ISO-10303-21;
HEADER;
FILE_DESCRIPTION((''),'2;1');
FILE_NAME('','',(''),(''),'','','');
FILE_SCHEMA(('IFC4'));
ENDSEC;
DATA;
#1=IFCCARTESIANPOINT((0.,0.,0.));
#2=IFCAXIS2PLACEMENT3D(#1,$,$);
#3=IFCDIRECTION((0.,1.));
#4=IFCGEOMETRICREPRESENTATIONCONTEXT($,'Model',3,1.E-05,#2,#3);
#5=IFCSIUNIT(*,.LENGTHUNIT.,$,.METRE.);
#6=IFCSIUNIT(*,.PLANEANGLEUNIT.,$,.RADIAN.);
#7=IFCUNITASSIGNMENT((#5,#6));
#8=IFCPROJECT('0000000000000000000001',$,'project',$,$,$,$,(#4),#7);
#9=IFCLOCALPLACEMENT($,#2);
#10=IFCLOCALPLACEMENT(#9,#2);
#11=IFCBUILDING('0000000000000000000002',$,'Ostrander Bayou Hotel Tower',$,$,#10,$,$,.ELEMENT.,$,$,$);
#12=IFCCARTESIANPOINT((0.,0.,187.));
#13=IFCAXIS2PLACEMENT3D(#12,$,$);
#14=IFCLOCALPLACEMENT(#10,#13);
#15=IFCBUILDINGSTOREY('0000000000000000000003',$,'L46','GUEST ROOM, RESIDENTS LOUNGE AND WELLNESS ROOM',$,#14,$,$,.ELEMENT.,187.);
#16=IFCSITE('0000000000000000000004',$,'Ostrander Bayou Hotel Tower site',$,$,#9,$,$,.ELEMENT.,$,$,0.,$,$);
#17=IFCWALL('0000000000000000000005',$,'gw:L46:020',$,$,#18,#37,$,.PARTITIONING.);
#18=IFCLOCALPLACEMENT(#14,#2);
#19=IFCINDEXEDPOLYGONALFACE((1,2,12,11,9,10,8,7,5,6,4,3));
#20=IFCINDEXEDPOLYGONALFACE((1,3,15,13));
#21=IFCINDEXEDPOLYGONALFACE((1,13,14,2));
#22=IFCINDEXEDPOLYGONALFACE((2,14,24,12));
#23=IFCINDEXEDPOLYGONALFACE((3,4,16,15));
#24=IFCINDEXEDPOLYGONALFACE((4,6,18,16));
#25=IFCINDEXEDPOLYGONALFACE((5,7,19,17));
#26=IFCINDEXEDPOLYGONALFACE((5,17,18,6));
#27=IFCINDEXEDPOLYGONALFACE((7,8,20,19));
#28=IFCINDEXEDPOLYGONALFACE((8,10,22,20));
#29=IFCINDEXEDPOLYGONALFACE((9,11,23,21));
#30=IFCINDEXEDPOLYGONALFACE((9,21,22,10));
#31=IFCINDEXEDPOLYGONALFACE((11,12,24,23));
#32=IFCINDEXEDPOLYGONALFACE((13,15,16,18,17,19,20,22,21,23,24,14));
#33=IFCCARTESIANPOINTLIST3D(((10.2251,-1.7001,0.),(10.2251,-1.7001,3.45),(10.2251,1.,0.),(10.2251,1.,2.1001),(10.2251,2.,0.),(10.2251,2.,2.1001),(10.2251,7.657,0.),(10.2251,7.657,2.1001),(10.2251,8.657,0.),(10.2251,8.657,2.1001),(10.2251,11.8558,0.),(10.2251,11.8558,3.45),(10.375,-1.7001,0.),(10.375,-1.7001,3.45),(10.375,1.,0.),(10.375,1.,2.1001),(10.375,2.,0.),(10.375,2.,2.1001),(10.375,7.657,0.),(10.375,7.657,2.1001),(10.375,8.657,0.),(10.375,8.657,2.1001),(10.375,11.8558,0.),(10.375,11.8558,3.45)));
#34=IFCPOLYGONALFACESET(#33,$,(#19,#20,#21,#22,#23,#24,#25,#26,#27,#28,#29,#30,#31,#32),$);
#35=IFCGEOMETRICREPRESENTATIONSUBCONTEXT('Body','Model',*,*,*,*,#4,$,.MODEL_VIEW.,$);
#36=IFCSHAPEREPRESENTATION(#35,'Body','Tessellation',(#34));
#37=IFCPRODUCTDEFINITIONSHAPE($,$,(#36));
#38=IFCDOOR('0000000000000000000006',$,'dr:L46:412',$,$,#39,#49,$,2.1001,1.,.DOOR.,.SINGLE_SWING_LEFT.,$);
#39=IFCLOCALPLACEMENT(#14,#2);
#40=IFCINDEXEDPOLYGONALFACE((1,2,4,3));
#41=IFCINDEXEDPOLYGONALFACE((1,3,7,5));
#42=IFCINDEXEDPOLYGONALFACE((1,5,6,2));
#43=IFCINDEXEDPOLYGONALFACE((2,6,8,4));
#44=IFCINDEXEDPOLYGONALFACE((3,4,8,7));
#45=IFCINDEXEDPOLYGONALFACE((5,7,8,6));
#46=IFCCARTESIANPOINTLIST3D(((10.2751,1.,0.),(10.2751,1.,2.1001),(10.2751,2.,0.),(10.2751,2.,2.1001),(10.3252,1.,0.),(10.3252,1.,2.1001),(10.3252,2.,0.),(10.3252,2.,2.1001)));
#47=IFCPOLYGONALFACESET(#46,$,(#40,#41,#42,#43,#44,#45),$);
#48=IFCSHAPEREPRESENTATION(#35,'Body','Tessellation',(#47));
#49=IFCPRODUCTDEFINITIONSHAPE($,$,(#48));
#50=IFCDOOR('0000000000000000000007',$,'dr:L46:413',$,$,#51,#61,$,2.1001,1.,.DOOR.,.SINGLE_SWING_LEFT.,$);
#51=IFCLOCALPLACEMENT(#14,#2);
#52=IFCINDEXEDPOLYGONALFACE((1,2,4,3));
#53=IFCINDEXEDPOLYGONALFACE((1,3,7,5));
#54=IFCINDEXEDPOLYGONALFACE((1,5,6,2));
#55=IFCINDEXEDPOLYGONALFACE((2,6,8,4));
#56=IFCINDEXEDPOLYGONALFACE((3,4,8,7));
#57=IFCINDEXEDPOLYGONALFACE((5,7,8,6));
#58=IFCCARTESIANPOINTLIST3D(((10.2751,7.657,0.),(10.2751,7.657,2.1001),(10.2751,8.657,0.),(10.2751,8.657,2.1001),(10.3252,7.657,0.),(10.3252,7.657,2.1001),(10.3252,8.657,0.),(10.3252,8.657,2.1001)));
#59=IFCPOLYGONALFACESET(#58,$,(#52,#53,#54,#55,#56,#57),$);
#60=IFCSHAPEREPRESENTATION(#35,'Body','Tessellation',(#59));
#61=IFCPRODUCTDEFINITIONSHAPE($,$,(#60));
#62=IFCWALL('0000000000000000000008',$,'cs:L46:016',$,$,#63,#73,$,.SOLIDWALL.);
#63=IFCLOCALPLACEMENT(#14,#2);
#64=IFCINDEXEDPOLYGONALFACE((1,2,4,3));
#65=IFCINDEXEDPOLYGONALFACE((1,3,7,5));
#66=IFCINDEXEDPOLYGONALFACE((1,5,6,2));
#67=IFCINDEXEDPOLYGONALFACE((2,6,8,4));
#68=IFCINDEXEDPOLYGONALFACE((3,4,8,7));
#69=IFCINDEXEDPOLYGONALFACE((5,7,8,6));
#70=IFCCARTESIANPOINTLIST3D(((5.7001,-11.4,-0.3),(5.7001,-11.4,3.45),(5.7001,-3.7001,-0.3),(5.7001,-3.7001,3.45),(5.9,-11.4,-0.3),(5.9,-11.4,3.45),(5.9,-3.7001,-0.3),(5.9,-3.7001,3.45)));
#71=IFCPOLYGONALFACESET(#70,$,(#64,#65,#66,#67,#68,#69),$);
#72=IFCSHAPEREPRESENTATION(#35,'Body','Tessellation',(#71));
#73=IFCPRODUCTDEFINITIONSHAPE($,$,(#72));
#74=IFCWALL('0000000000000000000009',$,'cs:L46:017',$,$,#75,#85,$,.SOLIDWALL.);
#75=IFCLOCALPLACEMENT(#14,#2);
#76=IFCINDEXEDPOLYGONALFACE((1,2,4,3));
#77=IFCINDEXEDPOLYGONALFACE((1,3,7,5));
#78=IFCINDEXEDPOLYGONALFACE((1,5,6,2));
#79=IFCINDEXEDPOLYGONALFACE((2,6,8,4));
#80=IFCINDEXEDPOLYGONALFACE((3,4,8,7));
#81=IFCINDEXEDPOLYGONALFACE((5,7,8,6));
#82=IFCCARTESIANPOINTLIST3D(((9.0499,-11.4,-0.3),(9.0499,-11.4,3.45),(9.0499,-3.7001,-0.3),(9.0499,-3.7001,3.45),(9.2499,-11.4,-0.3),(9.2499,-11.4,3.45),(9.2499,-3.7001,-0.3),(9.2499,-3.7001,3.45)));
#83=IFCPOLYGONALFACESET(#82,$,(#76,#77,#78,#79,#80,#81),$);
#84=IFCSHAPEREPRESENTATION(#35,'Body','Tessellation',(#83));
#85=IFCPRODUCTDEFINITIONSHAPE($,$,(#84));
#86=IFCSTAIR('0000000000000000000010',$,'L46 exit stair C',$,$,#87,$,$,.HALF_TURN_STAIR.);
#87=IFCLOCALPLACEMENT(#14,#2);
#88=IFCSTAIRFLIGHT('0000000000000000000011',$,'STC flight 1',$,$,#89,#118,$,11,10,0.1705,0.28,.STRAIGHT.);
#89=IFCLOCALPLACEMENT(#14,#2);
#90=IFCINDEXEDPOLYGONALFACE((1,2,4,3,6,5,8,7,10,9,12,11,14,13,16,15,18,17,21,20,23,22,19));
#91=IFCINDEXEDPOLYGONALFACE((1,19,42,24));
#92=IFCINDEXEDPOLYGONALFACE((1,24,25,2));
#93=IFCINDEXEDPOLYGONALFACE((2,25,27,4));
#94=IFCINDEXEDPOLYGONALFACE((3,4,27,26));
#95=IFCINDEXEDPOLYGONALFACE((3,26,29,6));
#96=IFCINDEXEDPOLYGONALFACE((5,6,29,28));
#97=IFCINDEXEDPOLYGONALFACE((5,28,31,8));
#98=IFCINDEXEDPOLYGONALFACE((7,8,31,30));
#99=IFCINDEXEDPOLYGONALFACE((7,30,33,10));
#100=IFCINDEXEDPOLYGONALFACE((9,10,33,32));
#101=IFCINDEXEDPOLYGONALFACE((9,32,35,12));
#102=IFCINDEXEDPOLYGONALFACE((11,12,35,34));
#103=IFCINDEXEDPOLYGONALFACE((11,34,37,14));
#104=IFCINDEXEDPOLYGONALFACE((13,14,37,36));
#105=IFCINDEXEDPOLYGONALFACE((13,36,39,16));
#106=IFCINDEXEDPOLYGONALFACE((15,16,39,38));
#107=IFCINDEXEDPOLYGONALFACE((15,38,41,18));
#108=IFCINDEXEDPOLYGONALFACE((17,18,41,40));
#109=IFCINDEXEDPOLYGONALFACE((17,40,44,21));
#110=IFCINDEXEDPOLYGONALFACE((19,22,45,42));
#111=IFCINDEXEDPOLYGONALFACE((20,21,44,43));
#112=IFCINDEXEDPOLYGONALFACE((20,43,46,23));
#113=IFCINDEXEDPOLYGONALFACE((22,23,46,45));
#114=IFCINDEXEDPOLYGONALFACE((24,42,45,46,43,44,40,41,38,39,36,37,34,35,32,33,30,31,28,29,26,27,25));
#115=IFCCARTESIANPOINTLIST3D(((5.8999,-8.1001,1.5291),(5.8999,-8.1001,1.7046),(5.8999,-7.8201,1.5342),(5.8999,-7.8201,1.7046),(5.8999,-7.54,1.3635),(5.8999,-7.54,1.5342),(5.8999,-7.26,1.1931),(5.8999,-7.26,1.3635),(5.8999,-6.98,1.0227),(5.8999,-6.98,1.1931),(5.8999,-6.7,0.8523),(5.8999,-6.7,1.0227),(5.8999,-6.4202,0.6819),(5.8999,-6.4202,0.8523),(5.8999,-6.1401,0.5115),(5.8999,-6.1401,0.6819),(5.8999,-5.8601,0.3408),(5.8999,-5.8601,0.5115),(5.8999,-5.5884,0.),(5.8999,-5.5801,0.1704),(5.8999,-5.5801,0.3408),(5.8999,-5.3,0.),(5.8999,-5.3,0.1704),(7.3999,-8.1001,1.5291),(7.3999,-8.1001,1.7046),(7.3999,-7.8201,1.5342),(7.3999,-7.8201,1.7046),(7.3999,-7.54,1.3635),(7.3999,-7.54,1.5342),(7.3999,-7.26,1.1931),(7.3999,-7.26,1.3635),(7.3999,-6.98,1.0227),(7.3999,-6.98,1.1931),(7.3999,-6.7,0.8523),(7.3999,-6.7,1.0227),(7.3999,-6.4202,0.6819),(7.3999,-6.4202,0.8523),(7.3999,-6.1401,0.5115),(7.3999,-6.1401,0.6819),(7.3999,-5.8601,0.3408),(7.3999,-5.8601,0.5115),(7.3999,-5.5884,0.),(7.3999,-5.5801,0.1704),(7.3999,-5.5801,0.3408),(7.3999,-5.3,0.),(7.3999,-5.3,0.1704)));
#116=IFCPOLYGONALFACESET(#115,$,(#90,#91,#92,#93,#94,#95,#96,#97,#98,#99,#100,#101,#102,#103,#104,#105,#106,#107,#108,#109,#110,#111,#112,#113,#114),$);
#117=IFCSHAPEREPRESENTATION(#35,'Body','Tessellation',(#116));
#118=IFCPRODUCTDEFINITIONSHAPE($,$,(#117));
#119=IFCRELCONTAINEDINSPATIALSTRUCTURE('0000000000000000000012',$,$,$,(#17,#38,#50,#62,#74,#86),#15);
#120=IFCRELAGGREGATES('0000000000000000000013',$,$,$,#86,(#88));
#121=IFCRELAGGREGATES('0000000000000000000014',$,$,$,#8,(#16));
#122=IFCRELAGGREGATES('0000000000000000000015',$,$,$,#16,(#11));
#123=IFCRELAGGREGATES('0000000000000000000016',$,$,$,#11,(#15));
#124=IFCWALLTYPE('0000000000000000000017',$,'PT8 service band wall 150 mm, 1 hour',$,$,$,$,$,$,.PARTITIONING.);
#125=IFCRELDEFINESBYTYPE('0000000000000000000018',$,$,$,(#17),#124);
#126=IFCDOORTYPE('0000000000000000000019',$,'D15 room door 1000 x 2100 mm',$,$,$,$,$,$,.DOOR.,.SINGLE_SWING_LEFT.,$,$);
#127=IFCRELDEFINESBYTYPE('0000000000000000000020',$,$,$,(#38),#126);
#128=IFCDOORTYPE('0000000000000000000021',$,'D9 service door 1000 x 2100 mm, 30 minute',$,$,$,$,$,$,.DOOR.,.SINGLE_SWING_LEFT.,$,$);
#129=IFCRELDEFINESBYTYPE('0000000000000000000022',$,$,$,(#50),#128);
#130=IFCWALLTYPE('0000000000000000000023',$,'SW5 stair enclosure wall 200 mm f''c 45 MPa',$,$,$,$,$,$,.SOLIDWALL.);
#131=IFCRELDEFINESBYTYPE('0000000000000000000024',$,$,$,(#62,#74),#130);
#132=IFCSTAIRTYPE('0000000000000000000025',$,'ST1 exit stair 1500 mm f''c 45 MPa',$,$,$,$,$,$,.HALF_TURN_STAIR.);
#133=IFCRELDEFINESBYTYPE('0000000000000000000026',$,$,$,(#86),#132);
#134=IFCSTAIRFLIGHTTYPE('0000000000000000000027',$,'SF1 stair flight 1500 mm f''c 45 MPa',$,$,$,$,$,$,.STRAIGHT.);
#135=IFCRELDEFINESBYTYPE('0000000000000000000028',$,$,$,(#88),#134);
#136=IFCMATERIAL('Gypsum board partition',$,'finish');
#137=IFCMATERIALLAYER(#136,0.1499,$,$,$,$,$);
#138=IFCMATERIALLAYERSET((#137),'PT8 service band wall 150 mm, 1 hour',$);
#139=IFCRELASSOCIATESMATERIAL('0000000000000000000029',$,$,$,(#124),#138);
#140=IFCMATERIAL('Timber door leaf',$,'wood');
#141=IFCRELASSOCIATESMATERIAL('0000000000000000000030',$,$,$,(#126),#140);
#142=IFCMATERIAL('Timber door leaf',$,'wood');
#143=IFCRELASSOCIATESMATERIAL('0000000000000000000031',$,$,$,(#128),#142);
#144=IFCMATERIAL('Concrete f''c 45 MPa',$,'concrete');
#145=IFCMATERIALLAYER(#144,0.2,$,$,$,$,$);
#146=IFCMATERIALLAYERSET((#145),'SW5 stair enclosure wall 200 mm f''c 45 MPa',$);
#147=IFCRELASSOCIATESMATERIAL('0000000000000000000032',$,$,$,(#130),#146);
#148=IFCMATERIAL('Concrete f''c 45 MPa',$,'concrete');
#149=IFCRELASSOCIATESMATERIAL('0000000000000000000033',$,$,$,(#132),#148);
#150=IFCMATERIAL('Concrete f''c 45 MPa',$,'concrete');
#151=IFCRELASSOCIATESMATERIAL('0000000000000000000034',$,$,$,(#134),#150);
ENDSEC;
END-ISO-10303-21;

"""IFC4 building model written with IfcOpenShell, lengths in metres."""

from ifc_helpers import new_model, si_unit, direction, frame, frame_2d, origin, place, context, subcontext, project, spatial, polyline, rectangle, outline, extrude, material, layer, layer_set, type_object, element, fill, aggregate, save


model = new_model("IFC4")

# Units and contexts
model_context = context("Model", 3, precision=1e-05, world=origin(), true_north=direction((0.0, 1.0)))
body_context = subcontext(model_context, "Body", "Model", "MODEL_VIEW")
ifc_project = project(units=[si_unit("LENGTHUNIT", "METRE"), si_unit("PLANEANGLEUNIT", "RADIAN")], contexts=[model_context])

# Site, building, storey
site_placement = place(None, origin())
site = spatial("IfcSite", under=ifc_project, at=site_placement, Name="Ostrander Bayou Hotel Tower site", CompositionType="ELEMENT", RefElevation=0.0)
building_placement = place(site_placement, origin())
building = spatial("IfcBuilding", under=site, at=building_placement, Name="Ostrander Bayou Hotel Tower", CompositionType="ELEMENT")
storey_placement = place(building_placement, frame((0.0, 0.0, 187.0)))
storey = spatial("IfcBuildingStorey", under=building, at=storey_placement, Name="L46", Description="GUEST ROOM, RESIDENTS LOUNGE AND WELLNESS ROOM", CompositionType="ELEMENT", Elevation=187.0)

# Shared definitions
ifc_material_1 = material(Name="Gypsum board partition", Category="finish")
ifc_layer_1 = layer(ifc_material_1, 0.1499)
ifc_layer_set_1 = layer_set([ifc_layer_1], Name="PT8 service band wall 150 mm, 1 hour")
wall_type_1 = type_object("IfcWallType", Name="PT8 service band wall 150 mm, 1 hour", PredefinedType="PARTITIONING", material=ifc_layer_set_1)

# Wall, openings, doors
wall_1_placement = place(storey_placement, frame((10.3, -1.7, 0.0), z_axis=(0.0, 0.0, 1.0), x_axis=(0.0, 1.0, 0.0)))
wall_1 = element("IfcWall", 1, at=wall_1_placement, inside=storey, type_object=wall_type_1, Name="gw:L46:020", PredefinedType="PARTITIONING", context=body_context, shape_type="SweptSolid", body=[
    extrude(rectangle(XDim=13.5559, YDim=0.1499, at=frame_2d((6.7778, 0.0))), origin(), (0.0, 0.0, 1.0), 3.45),
])
opening_1_placement = place(wall_1_placement, frame((2.7, 0.0, 0.0)))
opening_1 = element("IfcOpeningElement", 2, at=opening_1_placement, cuts=wall_1, PredefinedType="OPENING", context=body_context, shape_type="SweptSolid", body=[
    extrude(rectangle(XDim=1.0, YDim=2.1001, at=frame_2d((0.5, 1.05))), frame((0.0, 0.075, 0.0), z_axis=(0.0, -1.0, 0.0), x_axis=(1.0, 0.0, 0.0)), (0.0, 0.0, 1.0), 0.1499),
])
opening_2_placement = place(wall_1_placement, frame((9.3569, 0.0, 0.0)))
opening_2 = element("IfcOpeningElement", 3, at=opening_2_placement, cuts=wall_1, PredefinedType="OPENING", context=body_context, shape_type="SweptSolid", body=[
    extrude(rectangle(XDim=1.0, YDim=2.1001, at=frame_2d((0.5, 1.05))), frame((0.0, 0.075, 0.0), z_axis=(0.0, -1.0, 0.0), x_axis=(1.0, 0.0, 0.0)), (0.0, 0.0, 1.0), 0.1499),
])
ifc_material_2 = material(Name="Timber door leaf", Category="wood")
door_type_1 = type_object("IfcDoorType", Name="D15 room door 1000 x 2100 mm", OperationType="SINGLE_SWING_LEFT", PredefinedType="DOOR", material=ifc_material_2)
door_1_placement = place(opening_1_placement, origin())
door_1 = element("IfcDoor", 4, at=door_1_placement, inside=storey, type_object=door_type_1, Name="dr:L46:412", OperationType="SINGLE_SWING_LEFT", OverallHeight=2.1001, OverallWidth=1.0, PredefinedType="DOOR", context=body_context, shape_type="SweptSolid", body=[
    extrude(rectangle(XDim=1.0, YDim=2.1001, at=frame_2d((0.5, 1.05))), frame((0.0, 0.0249, 0.0), z_axis=(0.0, -1.0, 0.0), x_axis=(1.0, 0.0, 0.0)), (0.0, 0.0, 1.0), 0.05),
])
fill(opening_1, door_1)
ifc_material_3 = material(Name="Timber door leaf", Category="wood")
door_type_2 = type_object("IfcDoorType", Name="D9 service door 1000 x 2100 mm, 30 minute", OperationType="SINGLE_SWING_LEFT", PredefinedType="DOOR", material=ifc_material_3)
door_2_placement = place(opening_2_placement, origin())
door_2 = element("IfcDoor", 5, at=door_2_placement, inside=storey, type_object=door_type_2, Name="dr:L46:413", OperationType="SINGLE_SWING_LEFT", OverallHeight=2.1001, OverallWidth=1.0, PredefinedType="DOOR", context=body_context, shape_type="SweptSolid", body=[
    extrude(rectangle(XDim=1.0, YDim=2.1001, at=frame_2d((0.5, 1.05))), frame((0.0, 0.0249, 0.0), z_axis=(0.0, -1.0, 0.0), x_axis=(1.0, 0.0, 0.0)), (0.0, 0.0, 1.0), 0.05),
])
fill(opening_2, door_2)

# Shared definitions
ifc_material_4 = material(Name="Concrete f'c 45 MPa", Category="concrete")
ifc_layer_2 = layer(ifc_material_4, 0.2)
ifc_layer_set_2 = layer_set([ifc_layer_2], Name="SW5 stair enclosure wall 200 mm f'c 45 MPa")
wall_type_2 = type_object("IfcWallType", Name="SW5 stair enclosure wall 200 mm f'c 45 MPa", PredefinedType="SOLIDWALL", material=ifc_layer_set_2)

# Walls
for number, where, z_axis, x_axis, name in (
    (6, (5.8, -3.7, -0.3), (0.0, 0.0, 1.0), (0.0, -1.0, 0.0), "cs:L46:016"),
    (7, (9.1499, -3.7, -0.3), (0.0, 0.0, 1.0), (0.0, -1.0, 0.0), "cs:L46:017"),
):
    element("IfcWall", number, at=place(storey_placement, frame(where, z_axis=z_axis, x_axis=x_axis)), inside=storey, type_object=wall_type_2, Name=name, PredefinedType="SOLIDWALL", context=body_context, shape_type="SweptSolid", body=[
        extrude(rectangle(XDim=7.7, YDim=0.2, at=frame_2d((3.8501, 0.0))), origin(), (0.0, 0.0, 1.0), 3.75),
    ])

# Stair, stair flight
ifc_material_5 = material(Name="Concrete f'c 45 MPa", Category="concrete")
stair_type = type_object("IfcStairType", Name="ST1 exit stair 1500 mm f'c 45 MPa", PredefinedType="HALF_TURN_STAIR", material=ifc_material_5)
stair_placement = place(storey_placement, origin())
stair = element("IfcStair", 8, at=stair_placement, inside=storey, type_object=stair_type, Name="L46 exit stair C", PredefinedType="HALF_TURN_STAIR")
ifc_material_6 = material(Name="Concrete f'c 45 MPa", Category="concrete")
stair_flight_type = type_object("IfcStairFlightType", Name="SF1 stair flight 1500 mm f'c 45 MPa", PredefinedType="STRAIGHT", material=ifc_material_6)
stair_flight_placement = place(storey_placement, frame((6.6499, -5.3, 0.0), z_axis=(0.0, 0.0, 1.0), x_axis=(0.0, -1.0, 0.0)))
stair_flight = element("IfcStairFlight", 9, at=stair_flight_placement, type_object=stair_flight_type, Name="STC flight 1", NumberOfRisers=11, NumberOfTreads=10, PredefinedType="STRAIGHT", RiserHeight=0.1705, TreadLength=0.28, context=body_context, shape_type="SweptSolid", body=[
    extrude(outline(polyline([(0.0, 0.0), (0.0, 0.1704), (0.28, 0.1704), (0.28, 0.3408), (0.5601, 0.3408), (0.5601, 0.5115), (0.8401, 0.5115), (0.8401, 0.6819), (1.1201, 0.6819), (1.1201, 0.8523), (1.3999, 0.8523), (1.3999, 1.0227), (1.6799, 1.0227), (1.6799, 1.1931), (1.96, 1.1931), (1.96, 1.3635), (2.24, 1.3635), (2.24, 1.5342), (2.52, 1.5342), (2.52, 1.7046), (2.8, 1.7046), (2.8, 1.875), (2.8, 1.5291), (0.2883, 0.0), (0.0, 0.0)])), frame((0.0, 0.75, 0.0), z_axis=(0.0, -1.0, 0.0), x_axis=(1.0, 0.0, 0.0)), (0.0, 0.0, 1.0), 1.5),
])
aggregate(stair, [stair_flight])

save(model, "model.ifc")
